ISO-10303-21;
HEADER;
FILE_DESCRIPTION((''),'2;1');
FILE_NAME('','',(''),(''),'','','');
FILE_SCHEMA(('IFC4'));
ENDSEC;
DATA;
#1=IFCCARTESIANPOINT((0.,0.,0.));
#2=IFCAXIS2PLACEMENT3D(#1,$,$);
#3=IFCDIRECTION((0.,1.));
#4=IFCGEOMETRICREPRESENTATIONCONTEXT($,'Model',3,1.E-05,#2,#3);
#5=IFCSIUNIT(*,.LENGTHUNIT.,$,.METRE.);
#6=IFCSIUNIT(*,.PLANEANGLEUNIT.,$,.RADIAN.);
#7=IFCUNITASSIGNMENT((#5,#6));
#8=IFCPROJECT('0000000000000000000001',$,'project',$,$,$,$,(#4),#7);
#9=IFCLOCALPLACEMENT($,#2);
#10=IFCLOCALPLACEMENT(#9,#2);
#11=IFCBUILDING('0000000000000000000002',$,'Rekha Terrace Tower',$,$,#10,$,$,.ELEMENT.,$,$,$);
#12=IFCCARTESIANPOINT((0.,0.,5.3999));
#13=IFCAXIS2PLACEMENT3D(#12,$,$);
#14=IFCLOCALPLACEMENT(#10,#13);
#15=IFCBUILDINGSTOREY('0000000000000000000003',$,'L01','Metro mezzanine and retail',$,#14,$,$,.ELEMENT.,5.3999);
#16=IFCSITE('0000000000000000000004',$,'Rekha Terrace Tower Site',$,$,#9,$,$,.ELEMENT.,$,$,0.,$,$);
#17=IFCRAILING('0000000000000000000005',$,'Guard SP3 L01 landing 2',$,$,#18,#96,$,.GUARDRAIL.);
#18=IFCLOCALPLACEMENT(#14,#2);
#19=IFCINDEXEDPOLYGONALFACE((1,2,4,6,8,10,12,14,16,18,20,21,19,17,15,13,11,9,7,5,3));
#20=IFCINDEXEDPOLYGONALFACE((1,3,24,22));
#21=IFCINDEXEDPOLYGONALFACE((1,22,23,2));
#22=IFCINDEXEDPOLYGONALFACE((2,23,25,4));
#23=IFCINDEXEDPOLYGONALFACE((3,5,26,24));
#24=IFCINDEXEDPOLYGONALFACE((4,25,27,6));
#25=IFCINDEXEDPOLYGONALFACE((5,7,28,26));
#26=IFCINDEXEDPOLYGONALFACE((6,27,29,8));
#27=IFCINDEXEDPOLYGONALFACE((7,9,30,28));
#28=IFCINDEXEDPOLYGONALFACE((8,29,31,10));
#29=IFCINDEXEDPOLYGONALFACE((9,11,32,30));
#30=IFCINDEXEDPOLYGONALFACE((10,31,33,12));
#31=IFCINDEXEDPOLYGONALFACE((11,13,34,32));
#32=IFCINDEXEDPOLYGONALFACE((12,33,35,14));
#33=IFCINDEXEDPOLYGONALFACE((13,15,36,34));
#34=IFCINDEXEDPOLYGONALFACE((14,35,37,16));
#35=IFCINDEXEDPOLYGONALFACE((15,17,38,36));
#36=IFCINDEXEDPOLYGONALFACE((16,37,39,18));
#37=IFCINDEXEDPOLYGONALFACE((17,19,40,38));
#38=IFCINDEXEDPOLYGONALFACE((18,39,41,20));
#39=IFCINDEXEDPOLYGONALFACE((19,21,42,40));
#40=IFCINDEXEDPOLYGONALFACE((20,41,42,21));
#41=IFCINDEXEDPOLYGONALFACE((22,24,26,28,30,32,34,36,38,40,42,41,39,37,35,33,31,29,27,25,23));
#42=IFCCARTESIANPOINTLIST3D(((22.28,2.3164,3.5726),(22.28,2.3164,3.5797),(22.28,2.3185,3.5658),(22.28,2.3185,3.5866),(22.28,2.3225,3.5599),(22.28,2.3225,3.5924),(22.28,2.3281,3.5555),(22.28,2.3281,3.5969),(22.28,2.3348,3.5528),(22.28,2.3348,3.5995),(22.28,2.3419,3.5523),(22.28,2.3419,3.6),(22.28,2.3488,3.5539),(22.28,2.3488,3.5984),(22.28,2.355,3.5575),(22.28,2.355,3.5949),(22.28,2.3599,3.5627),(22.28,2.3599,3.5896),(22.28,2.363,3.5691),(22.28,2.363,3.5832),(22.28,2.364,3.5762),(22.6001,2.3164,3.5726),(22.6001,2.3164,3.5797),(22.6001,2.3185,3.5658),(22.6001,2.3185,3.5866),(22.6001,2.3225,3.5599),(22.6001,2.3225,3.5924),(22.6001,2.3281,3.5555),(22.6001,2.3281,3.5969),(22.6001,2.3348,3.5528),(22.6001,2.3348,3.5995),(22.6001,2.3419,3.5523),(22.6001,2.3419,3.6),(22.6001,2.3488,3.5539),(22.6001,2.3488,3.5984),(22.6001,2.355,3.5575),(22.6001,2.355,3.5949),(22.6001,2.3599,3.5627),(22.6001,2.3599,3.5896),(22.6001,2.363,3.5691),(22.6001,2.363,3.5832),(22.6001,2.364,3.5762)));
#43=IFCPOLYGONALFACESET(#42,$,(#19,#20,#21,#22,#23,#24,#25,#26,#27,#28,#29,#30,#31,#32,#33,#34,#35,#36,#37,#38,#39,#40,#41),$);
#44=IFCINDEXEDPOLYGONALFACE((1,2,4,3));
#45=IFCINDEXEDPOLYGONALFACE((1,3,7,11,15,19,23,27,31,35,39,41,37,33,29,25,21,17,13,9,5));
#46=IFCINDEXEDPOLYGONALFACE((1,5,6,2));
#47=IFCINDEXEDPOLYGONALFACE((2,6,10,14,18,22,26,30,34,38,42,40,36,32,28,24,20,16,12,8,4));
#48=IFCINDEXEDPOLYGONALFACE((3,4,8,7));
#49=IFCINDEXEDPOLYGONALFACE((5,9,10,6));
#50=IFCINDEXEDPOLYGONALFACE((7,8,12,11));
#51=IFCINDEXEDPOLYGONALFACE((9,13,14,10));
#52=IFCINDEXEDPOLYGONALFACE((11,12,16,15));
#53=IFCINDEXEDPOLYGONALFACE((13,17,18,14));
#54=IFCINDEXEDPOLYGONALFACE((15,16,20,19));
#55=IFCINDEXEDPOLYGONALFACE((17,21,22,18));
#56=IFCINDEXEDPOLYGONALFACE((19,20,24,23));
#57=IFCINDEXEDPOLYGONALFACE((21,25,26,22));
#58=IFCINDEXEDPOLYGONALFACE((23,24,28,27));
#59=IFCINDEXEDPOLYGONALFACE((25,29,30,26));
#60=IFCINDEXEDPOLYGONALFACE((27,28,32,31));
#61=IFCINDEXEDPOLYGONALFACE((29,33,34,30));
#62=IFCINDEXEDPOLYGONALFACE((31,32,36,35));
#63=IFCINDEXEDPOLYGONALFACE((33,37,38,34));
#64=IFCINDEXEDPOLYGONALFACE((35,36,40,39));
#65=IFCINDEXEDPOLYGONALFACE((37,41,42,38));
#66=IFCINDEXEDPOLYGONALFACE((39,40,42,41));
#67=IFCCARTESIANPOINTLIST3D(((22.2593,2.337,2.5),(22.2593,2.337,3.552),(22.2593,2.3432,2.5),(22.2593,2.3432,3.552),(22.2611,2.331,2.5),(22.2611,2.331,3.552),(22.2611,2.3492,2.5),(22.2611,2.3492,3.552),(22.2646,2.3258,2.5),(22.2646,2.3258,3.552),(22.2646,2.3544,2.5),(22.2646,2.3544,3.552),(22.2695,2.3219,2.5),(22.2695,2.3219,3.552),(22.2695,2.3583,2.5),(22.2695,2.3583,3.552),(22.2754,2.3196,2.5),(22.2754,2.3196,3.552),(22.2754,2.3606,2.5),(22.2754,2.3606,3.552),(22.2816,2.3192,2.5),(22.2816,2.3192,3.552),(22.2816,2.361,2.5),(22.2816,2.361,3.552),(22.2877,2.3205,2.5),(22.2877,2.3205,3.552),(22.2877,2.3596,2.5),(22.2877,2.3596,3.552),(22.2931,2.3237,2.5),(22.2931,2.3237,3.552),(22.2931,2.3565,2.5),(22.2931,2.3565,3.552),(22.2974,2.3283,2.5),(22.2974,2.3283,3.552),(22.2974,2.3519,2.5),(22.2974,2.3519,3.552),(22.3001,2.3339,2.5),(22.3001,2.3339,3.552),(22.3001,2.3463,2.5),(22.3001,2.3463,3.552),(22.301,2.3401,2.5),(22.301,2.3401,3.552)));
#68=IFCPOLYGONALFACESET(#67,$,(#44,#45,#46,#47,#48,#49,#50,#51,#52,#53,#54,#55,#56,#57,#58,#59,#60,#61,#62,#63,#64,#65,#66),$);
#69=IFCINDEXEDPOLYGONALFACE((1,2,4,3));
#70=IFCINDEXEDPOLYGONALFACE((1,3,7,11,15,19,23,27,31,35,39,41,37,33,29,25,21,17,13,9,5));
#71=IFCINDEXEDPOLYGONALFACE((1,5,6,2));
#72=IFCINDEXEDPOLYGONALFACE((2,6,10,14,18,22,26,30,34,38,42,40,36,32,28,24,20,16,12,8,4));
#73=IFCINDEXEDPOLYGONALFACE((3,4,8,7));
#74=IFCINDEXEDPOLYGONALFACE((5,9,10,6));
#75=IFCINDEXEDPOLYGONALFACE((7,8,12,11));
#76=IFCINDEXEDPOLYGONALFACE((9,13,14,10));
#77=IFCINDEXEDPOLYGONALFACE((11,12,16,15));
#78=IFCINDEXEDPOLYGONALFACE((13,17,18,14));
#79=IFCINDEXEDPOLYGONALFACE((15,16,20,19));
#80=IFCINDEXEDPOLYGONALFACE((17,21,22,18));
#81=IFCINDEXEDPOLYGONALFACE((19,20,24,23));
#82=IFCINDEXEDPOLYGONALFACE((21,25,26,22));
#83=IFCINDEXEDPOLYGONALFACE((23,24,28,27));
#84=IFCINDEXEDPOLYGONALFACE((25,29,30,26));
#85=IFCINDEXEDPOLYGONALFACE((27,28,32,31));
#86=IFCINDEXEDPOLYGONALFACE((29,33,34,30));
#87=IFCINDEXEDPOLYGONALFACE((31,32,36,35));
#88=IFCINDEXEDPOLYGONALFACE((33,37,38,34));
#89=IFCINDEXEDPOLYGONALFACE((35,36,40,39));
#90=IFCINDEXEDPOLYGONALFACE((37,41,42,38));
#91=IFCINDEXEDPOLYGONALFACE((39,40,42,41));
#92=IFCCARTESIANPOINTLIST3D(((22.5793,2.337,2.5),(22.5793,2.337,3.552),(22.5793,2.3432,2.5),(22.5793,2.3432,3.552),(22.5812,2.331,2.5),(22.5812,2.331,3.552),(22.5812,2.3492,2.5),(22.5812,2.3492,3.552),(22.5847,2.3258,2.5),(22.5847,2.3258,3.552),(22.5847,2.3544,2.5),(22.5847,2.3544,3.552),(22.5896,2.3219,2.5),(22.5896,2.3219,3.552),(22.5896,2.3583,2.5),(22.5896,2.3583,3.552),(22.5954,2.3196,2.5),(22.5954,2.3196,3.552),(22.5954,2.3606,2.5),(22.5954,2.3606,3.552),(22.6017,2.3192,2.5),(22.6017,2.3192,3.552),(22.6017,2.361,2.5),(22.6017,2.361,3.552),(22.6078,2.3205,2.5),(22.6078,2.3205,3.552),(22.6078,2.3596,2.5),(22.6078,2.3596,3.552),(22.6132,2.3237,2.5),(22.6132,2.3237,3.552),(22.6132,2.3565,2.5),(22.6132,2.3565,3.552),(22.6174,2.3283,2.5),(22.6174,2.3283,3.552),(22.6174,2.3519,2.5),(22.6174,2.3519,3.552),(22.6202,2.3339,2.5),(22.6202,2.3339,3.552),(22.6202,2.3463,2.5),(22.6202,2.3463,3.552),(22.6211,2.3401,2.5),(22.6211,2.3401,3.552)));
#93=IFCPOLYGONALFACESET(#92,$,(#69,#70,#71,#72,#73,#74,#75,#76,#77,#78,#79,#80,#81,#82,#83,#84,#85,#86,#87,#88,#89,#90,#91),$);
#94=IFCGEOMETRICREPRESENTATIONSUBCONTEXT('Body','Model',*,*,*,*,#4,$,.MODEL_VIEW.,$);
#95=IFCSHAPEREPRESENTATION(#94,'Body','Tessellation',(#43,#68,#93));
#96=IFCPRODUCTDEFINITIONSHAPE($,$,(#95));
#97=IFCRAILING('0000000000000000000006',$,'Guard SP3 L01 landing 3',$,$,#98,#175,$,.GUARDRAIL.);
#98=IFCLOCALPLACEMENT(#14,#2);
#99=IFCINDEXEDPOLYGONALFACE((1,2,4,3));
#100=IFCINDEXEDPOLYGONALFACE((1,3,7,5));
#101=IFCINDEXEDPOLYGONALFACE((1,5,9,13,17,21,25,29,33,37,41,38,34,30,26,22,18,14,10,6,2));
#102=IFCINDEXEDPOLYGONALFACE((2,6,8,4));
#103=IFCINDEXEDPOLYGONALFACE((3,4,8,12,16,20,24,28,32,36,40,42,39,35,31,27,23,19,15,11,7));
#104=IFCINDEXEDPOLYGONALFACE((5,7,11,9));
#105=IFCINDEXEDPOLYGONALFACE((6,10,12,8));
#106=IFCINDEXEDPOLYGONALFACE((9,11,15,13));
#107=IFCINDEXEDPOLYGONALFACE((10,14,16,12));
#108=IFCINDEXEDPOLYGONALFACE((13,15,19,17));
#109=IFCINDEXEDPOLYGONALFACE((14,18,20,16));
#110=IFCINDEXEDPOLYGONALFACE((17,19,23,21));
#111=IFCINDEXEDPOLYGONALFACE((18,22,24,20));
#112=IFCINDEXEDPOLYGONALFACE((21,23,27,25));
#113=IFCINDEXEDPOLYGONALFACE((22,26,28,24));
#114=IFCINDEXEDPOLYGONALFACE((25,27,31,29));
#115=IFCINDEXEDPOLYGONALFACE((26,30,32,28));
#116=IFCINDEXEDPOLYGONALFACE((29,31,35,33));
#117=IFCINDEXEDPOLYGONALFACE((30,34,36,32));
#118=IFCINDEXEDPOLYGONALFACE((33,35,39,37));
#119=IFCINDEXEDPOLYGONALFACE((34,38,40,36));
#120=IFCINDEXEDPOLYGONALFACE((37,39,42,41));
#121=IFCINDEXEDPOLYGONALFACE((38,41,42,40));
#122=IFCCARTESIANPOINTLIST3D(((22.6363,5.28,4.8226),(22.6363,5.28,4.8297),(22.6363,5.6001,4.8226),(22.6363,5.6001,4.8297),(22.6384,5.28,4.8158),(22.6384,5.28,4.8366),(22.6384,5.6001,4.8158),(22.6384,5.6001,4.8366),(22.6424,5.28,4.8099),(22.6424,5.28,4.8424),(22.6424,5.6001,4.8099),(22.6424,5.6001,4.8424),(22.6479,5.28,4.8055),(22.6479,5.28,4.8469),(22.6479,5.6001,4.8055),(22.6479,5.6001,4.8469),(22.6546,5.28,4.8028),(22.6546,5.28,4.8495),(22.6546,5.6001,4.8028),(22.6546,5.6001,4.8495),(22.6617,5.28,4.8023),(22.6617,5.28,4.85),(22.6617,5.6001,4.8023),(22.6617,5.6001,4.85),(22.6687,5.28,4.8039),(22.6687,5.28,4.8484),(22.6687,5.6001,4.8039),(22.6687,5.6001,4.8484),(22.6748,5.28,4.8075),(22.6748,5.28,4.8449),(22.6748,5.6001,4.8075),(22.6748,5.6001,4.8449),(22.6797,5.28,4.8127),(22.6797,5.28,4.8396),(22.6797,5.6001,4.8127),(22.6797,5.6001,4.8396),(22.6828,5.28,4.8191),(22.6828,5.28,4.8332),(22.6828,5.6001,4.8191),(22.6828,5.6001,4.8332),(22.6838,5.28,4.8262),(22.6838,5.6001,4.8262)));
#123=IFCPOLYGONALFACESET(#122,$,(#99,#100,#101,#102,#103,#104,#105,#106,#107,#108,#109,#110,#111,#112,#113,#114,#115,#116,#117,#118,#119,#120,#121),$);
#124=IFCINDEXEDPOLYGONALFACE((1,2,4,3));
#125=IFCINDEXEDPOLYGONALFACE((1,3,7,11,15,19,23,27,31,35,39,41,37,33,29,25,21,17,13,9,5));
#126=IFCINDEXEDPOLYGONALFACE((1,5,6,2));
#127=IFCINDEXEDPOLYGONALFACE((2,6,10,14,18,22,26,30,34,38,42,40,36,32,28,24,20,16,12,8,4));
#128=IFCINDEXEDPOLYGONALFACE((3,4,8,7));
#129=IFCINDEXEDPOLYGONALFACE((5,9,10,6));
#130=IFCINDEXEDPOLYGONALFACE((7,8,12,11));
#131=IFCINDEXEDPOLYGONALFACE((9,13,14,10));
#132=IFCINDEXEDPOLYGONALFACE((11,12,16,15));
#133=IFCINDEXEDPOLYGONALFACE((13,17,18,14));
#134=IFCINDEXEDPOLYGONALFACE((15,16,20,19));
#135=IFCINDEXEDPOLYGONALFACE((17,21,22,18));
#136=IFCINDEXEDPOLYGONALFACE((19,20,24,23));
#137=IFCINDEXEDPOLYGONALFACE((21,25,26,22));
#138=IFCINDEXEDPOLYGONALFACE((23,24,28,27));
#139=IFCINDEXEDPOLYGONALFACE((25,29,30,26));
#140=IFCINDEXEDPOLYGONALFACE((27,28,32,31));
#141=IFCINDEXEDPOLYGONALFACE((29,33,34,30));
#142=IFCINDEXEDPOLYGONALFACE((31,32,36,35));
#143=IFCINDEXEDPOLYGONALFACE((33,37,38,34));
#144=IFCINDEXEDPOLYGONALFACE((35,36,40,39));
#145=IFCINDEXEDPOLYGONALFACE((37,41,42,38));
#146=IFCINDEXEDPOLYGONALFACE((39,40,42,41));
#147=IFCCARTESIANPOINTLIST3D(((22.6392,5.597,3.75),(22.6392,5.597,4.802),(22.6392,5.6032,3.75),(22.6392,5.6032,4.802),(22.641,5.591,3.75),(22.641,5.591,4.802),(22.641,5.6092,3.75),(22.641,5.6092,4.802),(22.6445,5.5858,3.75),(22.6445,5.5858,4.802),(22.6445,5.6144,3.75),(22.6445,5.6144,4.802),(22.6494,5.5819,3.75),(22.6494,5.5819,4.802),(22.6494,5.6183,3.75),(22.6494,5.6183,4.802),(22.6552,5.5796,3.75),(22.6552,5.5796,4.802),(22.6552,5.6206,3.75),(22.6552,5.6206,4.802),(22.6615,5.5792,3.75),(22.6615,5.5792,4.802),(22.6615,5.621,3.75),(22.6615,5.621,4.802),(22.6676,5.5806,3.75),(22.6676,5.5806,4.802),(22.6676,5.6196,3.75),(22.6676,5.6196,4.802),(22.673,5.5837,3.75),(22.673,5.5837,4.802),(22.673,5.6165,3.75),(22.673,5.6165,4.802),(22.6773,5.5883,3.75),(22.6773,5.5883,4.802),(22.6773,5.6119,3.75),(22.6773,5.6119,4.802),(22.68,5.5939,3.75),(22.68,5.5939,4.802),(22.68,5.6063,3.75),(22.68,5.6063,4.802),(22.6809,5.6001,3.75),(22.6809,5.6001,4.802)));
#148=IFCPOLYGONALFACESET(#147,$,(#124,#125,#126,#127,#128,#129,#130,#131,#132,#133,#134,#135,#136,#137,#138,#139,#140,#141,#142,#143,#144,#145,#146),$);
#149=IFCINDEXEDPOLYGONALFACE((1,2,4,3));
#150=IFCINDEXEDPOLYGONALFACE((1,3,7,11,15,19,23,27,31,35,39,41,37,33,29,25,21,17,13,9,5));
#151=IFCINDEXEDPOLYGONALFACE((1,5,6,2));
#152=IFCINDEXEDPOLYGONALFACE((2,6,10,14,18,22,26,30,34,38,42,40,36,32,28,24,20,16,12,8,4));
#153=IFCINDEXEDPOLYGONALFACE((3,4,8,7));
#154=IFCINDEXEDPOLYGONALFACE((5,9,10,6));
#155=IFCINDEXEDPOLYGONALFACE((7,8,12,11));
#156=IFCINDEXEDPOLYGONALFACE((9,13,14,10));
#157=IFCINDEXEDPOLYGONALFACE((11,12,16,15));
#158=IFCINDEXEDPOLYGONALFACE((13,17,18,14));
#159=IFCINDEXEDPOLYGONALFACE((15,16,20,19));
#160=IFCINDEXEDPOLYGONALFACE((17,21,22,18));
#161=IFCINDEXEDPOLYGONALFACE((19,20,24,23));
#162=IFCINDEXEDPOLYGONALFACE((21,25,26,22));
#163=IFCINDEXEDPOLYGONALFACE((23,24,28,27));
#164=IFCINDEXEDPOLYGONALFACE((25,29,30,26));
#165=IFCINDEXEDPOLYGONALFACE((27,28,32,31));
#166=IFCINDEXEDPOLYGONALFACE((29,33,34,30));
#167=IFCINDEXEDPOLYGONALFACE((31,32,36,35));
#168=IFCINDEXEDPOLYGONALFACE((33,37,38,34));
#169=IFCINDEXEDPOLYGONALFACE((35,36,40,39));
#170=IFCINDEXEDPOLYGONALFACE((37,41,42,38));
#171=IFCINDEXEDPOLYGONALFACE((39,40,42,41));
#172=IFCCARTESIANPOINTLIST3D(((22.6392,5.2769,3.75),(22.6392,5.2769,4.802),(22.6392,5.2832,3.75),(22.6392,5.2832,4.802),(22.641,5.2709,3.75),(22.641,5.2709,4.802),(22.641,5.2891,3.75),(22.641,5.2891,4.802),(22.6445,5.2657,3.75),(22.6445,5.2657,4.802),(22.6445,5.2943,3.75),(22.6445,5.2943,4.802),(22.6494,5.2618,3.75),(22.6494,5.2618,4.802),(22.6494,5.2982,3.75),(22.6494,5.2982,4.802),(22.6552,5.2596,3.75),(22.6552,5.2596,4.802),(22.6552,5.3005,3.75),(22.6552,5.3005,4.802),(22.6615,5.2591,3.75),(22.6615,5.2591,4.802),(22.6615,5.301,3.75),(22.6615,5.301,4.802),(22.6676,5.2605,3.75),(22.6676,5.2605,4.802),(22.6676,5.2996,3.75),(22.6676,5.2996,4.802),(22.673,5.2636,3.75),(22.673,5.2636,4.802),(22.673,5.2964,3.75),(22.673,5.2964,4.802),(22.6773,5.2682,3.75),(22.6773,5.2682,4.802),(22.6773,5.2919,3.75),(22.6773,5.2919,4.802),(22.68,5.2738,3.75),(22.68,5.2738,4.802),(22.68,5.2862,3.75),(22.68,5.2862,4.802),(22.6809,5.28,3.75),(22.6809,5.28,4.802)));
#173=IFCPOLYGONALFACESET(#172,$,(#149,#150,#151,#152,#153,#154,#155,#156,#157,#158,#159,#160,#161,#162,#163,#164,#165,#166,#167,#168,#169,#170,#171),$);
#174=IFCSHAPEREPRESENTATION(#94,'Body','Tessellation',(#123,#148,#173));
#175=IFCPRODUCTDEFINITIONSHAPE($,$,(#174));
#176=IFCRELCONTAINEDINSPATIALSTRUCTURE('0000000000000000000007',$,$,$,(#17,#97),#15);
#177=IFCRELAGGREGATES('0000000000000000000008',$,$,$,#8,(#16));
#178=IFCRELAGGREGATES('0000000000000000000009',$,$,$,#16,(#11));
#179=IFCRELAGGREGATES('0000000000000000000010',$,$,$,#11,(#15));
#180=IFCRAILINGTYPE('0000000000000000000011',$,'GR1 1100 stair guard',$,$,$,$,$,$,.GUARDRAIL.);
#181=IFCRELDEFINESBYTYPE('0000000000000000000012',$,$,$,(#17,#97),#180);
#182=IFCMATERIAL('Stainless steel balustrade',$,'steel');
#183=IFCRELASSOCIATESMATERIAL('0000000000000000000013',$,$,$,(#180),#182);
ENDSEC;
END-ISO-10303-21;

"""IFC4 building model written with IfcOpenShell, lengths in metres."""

from ifc_helpers import new_model, si_unit, direction, frame, origin, origin_2d, place, context, subcontext, project, spatial, circle, extrude, material, type_object, element, save


model = new_model("IFC4")

# Units and contexts
model_context = context("Model", 3, precision=1e-05, world=origin(), true_north=direction((0.0, 1.0)))
body_context = subcontext(model_context, "Body", "Model", "MODEL_VIEW")
ifc_project = project(units=[si_unit("LENGTHUNIT", "METRE"), si_unit("PLANEANGLEUNIT", "RADIAN")], contexts=[model_context])

# Site, building, storey
site_placement = place(None, origin())
site = spatial("IfcSite", under=ifc_project, at=site_placement, Name="Rekha Terrace Tower Site", CompositionType="ELEMENT", RefElevation=0.0)
building_placement = place(site_placement, origin())
building = spatial("IfcBuilding", under=site, at=building_placement, Name="Rekha Terrace Tower", CompositionType="ELEMENT")
storey_placement = place(building_placement, frame((0.0, 0.0, 5.3999)))
storey = spatial("IfcBuildingStorey", under=building, at=storey_placement, Name="L01", Description="Metro mezzanine and retail", CompositionType="ELEMENT", Elevation=5.3999)

# Railings
ifc_material_1 = material(Name="Stainless steel balustrade", Category="steel")
railing_type_1 = type_object("IfcRailingType", Name="GR1 1100 stair guard", PredefinedType="GUARDRAIL", material=ifc_material_1)
railing_1_placement = place(storey_placement, frame((22.28, 2.3401, 2.5)))
element("IfcRailing", 1, at=railing_1_placement, inside=storey, type_object=railing_type_1, Name="Guard SP3 L01 landing 2", PredefinedType="GUARDRAIL", context=body_context, shape_type="SweptSolid", body=[
    extrude(circle(Radius=0.0239, at=origin_2d()), frame((0.0, 0.0, 1.0762), z_axis=(1.0, 0.0, 0.0), x_axis=(0.0, 1.0, 0.0)), (0.0, 0.0, 1.0), 0.3201),
    extrude(circle(Radius=0.021, at=origin_2d()), origin(), (0.0, 0.0, 1.0), 1.052),
    extrude(circle(Radius=0.021, at=origin_2d()), frame((0.3201, 0.0, 0.0)), (0.0, 0.0, 1.0), 1.052),
])
railing_2_placement = place(storey_placement, frame((22.6599, 5.6001, 3.75)))
element("IfcRailing", 2, at=railing_2_placement, inside=storey, type_object=railing_type_1, Name="Guard SP3 L01 landing 3", PredefinedType="GUARDRAIL", context=body_context, shape_type="SweptSolid", body=[
    extrude(circle(Radius=0.0239, at=origin_2d()), frame((0.0, 0.0, 1.0762), z_axis=(0.0, -1.0, 0.0), x_axis=(1.0, 0.0, 0.0)), (0.0, 0.0, 1.0), 0.3201),
    extrude(circle(Radius=0.021, at=origin_2d()), origin(), (0.0, 0.0, 1.0), 1.052),
    extrude(circle(Radius=0.021, at=origin_2d()), frame((0.0, -0.3201, 0.0)), (0.0, 0.0, 1.0), 1.052),
])

save(model, "model.ifc")
